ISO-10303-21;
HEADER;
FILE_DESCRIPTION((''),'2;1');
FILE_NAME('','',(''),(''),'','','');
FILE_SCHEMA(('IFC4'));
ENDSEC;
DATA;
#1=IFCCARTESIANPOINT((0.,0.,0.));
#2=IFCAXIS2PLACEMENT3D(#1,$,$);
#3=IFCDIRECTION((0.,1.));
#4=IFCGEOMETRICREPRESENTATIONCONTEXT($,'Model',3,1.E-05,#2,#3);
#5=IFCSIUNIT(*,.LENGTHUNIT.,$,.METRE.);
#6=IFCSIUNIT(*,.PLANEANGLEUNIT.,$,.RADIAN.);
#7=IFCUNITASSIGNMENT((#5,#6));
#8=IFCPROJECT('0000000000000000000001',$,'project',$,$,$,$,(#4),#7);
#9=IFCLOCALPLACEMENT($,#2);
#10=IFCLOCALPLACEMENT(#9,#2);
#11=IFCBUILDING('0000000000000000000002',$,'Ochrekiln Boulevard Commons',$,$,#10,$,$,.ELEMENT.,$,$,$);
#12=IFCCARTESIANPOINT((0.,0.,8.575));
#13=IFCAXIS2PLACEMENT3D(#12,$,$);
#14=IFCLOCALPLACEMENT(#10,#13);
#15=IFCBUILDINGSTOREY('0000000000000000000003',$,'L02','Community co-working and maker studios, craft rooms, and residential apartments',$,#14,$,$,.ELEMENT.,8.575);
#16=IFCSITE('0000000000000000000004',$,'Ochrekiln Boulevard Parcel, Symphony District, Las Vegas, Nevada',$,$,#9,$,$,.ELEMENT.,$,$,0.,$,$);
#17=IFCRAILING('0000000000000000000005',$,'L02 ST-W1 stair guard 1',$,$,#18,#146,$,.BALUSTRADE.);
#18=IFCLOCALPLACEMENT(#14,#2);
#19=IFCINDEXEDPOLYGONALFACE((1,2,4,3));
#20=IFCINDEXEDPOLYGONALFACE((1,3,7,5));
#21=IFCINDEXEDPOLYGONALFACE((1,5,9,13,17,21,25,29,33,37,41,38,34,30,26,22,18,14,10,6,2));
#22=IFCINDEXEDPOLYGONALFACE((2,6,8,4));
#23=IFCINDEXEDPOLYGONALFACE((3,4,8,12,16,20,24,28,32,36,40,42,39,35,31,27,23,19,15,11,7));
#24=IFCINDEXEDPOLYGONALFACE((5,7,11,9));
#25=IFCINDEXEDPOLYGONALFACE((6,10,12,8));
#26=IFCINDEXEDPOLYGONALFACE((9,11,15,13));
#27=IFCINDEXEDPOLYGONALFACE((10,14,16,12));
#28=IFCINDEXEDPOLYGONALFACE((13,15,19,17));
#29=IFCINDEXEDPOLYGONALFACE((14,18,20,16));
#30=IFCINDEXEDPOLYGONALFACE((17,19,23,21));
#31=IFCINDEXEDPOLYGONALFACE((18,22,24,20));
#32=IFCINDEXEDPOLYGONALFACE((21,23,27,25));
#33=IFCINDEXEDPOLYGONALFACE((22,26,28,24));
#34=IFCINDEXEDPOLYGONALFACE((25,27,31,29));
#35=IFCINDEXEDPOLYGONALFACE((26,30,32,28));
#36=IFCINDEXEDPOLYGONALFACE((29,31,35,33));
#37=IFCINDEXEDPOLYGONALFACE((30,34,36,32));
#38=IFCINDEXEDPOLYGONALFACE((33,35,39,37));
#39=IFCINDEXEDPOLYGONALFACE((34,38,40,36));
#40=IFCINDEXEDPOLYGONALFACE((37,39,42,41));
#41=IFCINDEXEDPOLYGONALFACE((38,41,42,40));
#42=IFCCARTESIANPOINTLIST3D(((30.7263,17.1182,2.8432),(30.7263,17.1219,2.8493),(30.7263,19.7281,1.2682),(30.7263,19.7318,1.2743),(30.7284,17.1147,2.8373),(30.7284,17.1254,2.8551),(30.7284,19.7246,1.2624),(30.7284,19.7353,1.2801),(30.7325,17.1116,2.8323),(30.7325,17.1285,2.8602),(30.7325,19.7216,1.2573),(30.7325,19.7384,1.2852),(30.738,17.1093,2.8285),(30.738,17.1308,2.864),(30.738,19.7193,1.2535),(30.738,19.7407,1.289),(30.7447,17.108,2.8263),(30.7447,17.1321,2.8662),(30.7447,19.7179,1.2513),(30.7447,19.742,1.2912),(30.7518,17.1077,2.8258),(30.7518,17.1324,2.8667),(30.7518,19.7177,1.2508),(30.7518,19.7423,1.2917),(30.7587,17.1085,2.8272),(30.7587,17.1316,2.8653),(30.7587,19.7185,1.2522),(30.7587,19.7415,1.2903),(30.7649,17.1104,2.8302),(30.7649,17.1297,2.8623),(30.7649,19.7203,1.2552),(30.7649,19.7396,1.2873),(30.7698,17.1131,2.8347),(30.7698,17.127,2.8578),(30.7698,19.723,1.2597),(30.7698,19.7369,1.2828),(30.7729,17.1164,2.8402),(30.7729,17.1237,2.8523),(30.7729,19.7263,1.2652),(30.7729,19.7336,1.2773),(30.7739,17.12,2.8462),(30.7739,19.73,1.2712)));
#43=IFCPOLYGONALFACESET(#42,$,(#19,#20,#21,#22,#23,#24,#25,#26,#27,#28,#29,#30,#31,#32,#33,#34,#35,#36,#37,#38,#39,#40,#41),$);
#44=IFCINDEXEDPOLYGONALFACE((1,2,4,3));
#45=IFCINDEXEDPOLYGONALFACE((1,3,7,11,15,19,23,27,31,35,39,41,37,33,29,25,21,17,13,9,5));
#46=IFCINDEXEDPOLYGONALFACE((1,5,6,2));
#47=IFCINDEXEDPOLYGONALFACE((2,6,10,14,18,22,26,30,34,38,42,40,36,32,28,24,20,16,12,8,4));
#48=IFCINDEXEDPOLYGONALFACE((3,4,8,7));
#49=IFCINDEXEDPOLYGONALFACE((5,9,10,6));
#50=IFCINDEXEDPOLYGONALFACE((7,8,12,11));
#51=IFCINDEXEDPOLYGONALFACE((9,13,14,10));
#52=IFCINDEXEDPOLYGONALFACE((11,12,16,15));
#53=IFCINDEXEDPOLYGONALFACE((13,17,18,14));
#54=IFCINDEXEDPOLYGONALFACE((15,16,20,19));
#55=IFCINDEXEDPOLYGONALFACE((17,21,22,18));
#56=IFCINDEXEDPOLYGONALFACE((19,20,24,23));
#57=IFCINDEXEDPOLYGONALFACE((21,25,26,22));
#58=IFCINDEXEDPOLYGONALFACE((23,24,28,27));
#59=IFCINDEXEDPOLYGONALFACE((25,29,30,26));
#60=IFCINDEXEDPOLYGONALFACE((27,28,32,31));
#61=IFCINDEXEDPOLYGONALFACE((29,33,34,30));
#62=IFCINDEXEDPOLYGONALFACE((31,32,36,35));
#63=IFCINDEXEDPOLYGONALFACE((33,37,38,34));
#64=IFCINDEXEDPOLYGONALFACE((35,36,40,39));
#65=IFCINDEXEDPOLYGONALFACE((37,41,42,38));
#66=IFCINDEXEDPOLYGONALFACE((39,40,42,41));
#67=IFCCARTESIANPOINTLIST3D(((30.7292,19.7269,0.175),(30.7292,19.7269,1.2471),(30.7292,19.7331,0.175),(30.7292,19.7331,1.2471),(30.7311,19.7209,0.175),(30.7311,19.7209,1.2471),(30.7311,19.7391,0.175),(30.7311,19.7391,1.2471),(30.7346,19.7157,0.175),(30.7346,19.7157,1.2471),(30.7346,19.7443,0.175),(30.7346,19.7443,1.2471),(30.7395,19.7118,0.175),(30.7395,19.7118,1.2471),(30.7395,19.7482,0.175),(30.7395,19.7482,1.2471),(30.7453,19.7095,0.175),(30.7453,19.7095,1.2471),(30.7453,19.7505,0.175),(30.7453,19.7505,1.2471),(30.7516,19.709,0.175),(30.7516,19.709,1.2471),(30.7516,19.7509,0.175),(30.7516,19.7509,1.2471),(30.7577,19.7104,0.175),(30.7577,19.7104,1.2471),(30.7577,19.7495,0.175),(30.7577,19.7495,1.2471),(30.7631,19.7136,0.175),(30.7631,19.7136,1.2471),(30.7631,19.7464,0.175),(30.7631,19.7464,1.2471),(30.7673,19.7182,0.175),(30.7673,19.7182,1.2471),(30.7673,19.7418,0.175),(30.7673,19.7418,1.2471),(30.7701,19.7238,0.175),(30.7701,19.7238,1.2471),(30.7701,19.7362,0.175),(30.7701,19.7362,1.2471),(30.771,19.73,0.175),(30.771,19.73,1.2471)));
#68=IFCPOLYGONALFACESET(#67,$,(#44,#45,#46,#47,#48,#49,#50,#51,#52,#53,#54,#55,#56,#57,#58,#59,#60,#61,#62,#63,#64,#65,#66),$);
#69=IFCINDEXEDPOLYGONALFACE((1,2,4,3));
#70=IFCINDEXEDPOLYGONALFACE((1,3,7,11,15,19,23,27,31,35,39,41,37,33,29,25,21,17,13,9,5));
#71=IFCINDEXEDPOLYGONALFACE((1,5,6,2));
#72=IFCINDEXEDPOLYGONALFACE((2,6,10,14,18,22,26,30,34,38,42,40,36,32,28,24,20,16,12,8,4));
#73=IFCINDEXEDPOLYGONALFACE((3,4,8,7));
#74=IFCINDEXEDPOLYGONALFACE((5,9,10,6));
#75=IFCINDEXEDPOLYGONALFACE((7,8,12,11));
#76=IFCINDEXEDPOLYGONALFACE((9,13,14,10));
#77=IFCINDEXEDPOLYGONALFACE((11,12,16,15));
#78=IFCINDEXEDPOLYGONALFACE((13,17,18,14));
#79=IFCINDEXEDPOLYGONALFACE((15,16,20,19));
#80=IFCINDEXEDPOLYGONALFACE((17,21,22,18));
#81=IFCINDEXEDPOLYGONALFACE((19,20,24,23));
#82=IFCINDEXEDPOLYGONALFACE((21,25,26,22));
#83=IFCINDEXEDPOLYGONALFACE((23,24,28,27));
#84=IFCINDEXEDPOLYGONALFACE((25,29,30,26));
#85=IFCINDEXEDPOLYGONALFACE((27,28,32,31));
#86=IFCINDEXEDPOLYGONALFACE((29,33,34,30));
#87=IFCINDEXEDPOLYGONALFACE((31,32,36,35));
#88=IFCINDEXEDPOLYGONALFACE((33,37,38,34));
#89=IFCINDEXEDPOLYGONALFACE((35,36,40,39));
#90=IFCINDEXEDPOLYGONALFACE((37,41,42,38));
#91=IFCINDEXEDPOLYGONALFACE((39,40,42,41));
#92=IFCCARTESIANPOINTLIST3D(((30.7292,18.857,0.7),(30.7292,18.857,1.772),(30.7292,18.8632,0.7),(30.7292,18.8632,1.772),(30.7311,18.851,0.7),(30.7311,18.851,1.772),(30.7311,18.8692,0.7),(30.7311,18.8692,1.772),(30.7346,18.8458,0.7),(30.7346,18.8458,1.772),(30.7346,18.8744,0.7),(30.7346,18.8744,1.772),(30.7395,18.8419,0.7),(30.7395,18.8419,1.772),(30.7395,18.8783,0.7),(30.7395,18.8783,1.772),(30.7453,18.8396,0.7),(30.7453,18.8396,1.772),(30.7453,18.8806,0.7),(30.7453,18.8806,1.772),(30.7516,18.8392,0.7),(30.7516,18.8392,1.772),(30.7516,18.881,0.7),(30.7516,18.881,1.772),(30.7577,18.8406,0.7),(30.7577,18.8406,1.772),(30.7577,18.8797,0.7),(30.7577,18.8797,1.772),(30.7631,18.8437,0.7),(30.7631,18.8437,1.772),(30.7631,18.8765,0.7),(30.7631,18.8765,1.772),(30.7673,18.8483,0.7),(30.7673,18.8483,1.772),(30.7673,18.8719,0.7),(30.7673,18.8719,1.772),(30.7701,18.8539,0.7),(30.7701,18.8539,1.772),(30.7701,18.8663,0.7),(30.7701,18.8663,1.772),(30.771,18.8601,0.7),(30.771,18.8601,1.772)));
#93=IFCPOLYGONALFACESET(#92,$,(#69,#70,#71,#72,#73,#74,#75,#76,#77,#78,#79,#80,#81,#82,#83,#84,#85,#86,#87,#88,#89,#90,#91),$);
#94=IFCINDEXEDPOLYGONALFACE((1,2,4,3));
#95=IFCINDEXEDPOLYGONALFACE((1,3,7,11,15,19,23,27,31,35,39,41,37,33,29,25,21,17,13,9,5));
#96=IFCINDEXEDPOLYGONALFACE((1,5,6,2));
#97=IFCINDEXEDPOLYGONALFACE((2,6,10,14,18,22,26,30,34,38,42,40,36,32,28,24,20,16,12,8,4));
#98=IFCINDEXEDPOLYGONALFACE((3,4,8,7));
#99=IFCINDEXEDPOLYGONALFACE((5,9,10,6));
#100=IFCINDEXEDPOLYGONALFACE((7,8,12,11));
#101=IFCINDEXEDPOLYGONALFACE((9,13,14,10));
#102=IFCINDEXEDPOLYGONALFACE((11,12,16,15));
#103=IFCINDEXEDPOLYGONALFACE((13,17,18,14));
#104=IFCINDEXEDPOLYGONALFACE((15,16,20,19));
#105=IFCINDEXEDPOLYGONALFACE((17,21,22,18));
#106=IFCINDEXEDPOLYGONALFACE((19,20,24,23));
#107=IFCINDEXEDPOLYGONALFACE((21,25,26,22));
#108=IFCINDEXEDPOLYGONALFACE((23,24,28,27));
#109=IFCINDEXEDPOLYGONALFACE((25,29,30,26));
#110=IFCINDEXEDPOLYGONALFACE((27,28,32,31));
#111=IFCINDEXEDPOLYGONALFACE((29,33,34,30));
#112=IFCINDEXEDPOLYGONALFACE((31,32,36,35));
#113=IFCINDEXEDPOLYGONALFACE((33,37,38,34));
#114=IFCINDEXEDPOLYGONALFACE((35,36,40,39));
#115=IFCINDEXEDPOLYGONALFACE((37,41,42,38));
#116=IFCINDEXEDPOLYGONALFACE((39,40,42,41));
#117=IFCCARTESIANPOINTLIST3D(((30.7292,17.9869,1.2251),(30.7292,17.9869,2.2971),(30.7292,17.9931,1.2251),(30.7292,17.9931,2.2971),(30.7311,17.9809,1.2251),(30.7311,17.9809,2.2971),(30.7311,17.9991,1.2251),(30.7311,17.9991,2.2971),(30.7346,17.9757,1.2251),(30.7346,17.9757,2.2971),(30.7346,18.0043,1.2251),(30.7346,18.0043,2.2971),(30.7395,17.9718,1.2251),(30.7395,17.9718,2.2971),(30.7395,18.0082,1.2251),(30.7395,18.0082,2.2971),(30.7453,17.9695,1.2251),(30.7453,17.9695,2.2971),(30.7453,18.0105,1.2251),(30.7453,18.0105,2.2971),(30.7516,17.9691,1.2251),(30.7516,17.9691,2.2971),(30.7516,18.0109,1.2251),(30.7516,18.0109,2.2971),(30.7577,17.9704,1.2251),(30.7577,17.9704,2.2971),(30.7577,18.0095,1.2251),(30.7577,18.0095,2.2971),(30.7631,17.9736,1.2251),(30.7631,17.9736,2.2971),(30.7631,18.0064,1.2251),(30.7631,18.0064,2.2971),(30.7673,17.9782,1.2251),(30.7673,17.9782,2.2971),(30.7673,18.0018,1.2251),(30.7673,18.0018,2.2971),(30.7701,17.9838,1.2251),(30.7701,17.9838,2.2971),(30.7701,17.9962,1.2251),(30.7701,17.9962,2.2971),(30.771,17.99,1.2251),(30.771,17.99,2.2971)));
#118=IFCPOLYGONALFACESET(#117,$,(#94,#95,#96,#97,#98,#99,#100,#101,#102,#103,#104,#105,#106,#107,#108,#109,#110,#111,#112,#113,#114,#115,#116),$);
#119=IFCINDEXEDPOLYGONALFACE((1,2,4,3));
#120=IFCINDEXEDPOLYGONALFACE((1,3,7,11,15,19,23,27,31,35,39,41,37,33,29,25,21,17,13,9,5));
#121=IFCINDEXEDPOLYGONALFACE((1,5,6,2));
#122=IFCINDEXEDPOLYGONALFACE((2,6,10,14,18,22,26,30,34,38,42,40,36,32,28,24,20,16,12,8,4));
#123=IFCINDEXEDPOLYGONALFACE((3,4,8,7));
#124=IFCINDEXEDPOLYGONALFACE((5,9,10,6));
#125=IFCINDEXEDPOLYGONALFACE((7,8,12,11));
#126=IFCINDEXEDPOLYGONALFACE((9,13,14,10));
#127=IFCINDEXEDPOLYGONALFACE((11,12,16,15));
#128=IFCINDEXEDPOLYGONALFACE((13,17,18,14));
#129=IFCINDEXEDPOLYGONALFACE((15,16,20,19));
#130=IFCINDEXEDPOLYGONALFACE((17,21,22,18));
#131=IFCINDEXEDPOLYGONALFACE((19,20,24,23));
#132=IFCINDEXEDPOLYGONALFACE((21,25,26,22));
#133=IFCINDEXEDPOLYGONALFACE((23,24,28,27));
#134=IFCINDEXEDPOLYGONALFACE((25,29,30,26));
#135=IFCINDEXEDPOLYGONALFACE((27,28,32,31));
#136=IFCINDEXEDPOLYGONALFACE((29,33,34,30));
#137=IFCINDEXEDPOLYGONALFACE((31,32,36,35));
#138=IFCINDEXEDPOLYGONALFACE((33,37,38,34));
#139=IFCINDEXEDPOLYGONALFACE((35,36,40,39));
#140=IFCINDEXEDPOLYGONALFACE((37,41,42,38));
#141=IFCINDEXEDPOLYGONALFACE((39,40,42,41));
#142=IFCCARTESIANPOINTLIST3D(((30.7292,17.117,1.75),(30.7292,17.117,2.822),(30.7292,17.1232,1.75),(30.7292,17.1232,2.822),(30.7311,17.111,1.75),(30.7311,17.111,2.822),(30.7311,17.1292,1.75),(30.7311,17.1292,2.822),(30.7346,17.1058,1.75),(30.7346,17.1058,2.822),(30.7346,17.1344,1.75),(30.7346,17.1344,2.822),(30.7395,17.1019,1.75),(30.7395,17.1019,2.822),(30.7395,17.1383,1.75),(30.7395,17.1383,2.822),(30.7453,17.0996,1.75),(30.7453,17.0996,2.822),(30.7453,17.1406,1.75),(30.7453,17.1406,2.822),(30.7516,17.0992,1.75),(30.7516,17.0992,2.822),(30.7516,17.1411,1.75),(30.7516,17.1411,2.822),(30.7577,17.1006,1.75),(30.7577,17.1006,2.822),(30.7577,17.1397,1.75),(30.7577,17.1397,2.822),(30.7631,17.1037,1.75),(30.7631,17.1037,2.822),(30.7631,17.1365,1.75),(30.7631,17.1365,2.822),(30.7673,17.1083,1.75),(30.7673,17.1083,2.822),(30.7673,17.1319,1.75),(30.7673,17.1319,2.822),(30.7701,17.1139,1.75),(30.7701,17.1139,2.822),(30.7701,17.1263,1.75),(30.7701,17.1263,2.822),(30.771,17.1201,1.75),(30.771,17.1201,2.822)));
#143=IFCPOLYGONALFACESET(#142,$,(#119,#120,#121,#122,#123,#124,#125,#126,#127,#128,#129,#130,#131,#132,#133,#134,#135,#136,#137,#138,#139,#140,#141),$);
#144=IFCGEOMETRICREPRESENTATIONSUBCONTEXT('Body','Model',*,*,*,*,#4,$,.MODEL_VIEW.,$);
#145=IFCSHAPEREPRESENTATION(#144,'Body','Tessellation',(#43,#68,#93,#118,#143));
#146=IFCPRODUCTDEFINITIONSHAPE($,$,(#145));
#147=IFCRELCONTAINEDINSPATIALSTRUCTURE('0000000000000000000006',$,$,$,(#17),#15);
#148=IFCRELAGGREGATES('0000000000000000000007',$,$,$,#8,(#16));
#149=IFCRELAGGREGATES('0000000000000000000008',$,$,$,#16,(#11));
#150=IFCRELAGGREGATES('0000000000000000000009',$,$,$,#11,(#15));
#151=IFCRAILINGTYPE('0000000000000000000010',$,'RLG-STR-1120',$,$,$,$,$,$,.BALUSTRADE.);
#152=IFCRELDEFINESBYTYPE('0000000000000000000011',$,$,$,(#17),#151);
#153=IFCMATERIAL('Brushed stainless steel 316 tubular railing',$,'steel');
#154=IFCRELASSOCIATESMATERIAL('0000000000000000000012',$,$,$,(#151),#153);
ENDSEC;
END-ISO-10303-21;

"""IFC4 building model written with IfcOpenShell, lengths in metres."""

from ifc_helpers import new_model, si_unit, direction, frame, origin, origin_2d, place, context, subcontext, project, spatial, circle, extrude, material, type_object, element, save


model = new_model("IFC4")

# Units and contexts
model_context = context("Model", 3, precision=1e-05, world=origin(), true_north=direction((0.0, 1.0)))
body_context = subcontext(model_context, "Body", "Model", "MODEL_VIEW")
ifc_project = project(units=[si_unit("LENGTHUNIT", "METRE"), si_unit("PLANEANGLEUNIT", "RADIAN")], contexts=[model_context])

# Site, building, storey
site_placement = place(None, origin())
site = spatial("IfcSite", under=ifc_project, at=site_placement, Name="Ochrekiln Boulevard Parcel, Symphony District, Las Vegas, Nevada", CompositionType="ELEMENT", RefElevation=0.0)
building_placement = place(site_placement, origin())
building = spatial("IfcBuilding", under=site, at=building_placement, Name="Ochrekiln Boulevard Commons", CompositionType="ELEMENT")
storey_placement = place(building_placement, frame((0.0, 0.0, 8.575)))
storey = spatial("IfcBuildingStorey", under=building, at=storey_placement, Name="L02", Description="Community co-working and maker studios, craft rooms, and residential apartments", CompositionType="ELEMENT", Elevation=8.575)

# Railing
ifc_material_1 = material(Name="Brushed stainless steel 316 tubular railing", Category="steel")
railing_type_1 = type_object("IfcRailingType", Name="RLG-STR-1120", PredefinedType="BALUSTRADE", material=ifc_material_1)
railing_1_placement = place(storey_placement, frame((30.75, 19.73, 0.175)))
element("IfcRailing", 1, at=railing_1_placement, inside=storey, type_object=railing_type_1, Name="L02 ST-W1 stair guard 1", PredefinedType="BALUSTRADE", context=body_context, shape_type="SweptSolid", body=[
    extrude(circle(Radius=0.0239, at=origin_2d()), frame((0.0, 0.0, 1.0962), z_axis=(0.0, -0.856183, 0.516673), x_axis=(1.0, 0.0, 0.0)), (0.0, 0.0, 1.0), 3.0483),
    extrude(circle(Radius=0.021, at=origin_2d()), origin(), (0.0, 0.0, 1.0), 1.072),
    extrude(circle(Radius=0.021, at=origin_2d()), frame((0.0, -0.8699, 0.5249)), (0.0, 0.0, 1.0), 1.072),
    extrude(circle(Radius=0.021, at=origin_2d()), frame((0.0, -1.74, 1.05)), (0.0, 0.0, 1.0), 1.072),
    extrude(circle(Radius=0.021, at=origin_2d()), frame((0.0, -2.6099, 1.575)), (0.0, 0.0, 1.0), 1.072),
])

save(model, "model.ifc")
